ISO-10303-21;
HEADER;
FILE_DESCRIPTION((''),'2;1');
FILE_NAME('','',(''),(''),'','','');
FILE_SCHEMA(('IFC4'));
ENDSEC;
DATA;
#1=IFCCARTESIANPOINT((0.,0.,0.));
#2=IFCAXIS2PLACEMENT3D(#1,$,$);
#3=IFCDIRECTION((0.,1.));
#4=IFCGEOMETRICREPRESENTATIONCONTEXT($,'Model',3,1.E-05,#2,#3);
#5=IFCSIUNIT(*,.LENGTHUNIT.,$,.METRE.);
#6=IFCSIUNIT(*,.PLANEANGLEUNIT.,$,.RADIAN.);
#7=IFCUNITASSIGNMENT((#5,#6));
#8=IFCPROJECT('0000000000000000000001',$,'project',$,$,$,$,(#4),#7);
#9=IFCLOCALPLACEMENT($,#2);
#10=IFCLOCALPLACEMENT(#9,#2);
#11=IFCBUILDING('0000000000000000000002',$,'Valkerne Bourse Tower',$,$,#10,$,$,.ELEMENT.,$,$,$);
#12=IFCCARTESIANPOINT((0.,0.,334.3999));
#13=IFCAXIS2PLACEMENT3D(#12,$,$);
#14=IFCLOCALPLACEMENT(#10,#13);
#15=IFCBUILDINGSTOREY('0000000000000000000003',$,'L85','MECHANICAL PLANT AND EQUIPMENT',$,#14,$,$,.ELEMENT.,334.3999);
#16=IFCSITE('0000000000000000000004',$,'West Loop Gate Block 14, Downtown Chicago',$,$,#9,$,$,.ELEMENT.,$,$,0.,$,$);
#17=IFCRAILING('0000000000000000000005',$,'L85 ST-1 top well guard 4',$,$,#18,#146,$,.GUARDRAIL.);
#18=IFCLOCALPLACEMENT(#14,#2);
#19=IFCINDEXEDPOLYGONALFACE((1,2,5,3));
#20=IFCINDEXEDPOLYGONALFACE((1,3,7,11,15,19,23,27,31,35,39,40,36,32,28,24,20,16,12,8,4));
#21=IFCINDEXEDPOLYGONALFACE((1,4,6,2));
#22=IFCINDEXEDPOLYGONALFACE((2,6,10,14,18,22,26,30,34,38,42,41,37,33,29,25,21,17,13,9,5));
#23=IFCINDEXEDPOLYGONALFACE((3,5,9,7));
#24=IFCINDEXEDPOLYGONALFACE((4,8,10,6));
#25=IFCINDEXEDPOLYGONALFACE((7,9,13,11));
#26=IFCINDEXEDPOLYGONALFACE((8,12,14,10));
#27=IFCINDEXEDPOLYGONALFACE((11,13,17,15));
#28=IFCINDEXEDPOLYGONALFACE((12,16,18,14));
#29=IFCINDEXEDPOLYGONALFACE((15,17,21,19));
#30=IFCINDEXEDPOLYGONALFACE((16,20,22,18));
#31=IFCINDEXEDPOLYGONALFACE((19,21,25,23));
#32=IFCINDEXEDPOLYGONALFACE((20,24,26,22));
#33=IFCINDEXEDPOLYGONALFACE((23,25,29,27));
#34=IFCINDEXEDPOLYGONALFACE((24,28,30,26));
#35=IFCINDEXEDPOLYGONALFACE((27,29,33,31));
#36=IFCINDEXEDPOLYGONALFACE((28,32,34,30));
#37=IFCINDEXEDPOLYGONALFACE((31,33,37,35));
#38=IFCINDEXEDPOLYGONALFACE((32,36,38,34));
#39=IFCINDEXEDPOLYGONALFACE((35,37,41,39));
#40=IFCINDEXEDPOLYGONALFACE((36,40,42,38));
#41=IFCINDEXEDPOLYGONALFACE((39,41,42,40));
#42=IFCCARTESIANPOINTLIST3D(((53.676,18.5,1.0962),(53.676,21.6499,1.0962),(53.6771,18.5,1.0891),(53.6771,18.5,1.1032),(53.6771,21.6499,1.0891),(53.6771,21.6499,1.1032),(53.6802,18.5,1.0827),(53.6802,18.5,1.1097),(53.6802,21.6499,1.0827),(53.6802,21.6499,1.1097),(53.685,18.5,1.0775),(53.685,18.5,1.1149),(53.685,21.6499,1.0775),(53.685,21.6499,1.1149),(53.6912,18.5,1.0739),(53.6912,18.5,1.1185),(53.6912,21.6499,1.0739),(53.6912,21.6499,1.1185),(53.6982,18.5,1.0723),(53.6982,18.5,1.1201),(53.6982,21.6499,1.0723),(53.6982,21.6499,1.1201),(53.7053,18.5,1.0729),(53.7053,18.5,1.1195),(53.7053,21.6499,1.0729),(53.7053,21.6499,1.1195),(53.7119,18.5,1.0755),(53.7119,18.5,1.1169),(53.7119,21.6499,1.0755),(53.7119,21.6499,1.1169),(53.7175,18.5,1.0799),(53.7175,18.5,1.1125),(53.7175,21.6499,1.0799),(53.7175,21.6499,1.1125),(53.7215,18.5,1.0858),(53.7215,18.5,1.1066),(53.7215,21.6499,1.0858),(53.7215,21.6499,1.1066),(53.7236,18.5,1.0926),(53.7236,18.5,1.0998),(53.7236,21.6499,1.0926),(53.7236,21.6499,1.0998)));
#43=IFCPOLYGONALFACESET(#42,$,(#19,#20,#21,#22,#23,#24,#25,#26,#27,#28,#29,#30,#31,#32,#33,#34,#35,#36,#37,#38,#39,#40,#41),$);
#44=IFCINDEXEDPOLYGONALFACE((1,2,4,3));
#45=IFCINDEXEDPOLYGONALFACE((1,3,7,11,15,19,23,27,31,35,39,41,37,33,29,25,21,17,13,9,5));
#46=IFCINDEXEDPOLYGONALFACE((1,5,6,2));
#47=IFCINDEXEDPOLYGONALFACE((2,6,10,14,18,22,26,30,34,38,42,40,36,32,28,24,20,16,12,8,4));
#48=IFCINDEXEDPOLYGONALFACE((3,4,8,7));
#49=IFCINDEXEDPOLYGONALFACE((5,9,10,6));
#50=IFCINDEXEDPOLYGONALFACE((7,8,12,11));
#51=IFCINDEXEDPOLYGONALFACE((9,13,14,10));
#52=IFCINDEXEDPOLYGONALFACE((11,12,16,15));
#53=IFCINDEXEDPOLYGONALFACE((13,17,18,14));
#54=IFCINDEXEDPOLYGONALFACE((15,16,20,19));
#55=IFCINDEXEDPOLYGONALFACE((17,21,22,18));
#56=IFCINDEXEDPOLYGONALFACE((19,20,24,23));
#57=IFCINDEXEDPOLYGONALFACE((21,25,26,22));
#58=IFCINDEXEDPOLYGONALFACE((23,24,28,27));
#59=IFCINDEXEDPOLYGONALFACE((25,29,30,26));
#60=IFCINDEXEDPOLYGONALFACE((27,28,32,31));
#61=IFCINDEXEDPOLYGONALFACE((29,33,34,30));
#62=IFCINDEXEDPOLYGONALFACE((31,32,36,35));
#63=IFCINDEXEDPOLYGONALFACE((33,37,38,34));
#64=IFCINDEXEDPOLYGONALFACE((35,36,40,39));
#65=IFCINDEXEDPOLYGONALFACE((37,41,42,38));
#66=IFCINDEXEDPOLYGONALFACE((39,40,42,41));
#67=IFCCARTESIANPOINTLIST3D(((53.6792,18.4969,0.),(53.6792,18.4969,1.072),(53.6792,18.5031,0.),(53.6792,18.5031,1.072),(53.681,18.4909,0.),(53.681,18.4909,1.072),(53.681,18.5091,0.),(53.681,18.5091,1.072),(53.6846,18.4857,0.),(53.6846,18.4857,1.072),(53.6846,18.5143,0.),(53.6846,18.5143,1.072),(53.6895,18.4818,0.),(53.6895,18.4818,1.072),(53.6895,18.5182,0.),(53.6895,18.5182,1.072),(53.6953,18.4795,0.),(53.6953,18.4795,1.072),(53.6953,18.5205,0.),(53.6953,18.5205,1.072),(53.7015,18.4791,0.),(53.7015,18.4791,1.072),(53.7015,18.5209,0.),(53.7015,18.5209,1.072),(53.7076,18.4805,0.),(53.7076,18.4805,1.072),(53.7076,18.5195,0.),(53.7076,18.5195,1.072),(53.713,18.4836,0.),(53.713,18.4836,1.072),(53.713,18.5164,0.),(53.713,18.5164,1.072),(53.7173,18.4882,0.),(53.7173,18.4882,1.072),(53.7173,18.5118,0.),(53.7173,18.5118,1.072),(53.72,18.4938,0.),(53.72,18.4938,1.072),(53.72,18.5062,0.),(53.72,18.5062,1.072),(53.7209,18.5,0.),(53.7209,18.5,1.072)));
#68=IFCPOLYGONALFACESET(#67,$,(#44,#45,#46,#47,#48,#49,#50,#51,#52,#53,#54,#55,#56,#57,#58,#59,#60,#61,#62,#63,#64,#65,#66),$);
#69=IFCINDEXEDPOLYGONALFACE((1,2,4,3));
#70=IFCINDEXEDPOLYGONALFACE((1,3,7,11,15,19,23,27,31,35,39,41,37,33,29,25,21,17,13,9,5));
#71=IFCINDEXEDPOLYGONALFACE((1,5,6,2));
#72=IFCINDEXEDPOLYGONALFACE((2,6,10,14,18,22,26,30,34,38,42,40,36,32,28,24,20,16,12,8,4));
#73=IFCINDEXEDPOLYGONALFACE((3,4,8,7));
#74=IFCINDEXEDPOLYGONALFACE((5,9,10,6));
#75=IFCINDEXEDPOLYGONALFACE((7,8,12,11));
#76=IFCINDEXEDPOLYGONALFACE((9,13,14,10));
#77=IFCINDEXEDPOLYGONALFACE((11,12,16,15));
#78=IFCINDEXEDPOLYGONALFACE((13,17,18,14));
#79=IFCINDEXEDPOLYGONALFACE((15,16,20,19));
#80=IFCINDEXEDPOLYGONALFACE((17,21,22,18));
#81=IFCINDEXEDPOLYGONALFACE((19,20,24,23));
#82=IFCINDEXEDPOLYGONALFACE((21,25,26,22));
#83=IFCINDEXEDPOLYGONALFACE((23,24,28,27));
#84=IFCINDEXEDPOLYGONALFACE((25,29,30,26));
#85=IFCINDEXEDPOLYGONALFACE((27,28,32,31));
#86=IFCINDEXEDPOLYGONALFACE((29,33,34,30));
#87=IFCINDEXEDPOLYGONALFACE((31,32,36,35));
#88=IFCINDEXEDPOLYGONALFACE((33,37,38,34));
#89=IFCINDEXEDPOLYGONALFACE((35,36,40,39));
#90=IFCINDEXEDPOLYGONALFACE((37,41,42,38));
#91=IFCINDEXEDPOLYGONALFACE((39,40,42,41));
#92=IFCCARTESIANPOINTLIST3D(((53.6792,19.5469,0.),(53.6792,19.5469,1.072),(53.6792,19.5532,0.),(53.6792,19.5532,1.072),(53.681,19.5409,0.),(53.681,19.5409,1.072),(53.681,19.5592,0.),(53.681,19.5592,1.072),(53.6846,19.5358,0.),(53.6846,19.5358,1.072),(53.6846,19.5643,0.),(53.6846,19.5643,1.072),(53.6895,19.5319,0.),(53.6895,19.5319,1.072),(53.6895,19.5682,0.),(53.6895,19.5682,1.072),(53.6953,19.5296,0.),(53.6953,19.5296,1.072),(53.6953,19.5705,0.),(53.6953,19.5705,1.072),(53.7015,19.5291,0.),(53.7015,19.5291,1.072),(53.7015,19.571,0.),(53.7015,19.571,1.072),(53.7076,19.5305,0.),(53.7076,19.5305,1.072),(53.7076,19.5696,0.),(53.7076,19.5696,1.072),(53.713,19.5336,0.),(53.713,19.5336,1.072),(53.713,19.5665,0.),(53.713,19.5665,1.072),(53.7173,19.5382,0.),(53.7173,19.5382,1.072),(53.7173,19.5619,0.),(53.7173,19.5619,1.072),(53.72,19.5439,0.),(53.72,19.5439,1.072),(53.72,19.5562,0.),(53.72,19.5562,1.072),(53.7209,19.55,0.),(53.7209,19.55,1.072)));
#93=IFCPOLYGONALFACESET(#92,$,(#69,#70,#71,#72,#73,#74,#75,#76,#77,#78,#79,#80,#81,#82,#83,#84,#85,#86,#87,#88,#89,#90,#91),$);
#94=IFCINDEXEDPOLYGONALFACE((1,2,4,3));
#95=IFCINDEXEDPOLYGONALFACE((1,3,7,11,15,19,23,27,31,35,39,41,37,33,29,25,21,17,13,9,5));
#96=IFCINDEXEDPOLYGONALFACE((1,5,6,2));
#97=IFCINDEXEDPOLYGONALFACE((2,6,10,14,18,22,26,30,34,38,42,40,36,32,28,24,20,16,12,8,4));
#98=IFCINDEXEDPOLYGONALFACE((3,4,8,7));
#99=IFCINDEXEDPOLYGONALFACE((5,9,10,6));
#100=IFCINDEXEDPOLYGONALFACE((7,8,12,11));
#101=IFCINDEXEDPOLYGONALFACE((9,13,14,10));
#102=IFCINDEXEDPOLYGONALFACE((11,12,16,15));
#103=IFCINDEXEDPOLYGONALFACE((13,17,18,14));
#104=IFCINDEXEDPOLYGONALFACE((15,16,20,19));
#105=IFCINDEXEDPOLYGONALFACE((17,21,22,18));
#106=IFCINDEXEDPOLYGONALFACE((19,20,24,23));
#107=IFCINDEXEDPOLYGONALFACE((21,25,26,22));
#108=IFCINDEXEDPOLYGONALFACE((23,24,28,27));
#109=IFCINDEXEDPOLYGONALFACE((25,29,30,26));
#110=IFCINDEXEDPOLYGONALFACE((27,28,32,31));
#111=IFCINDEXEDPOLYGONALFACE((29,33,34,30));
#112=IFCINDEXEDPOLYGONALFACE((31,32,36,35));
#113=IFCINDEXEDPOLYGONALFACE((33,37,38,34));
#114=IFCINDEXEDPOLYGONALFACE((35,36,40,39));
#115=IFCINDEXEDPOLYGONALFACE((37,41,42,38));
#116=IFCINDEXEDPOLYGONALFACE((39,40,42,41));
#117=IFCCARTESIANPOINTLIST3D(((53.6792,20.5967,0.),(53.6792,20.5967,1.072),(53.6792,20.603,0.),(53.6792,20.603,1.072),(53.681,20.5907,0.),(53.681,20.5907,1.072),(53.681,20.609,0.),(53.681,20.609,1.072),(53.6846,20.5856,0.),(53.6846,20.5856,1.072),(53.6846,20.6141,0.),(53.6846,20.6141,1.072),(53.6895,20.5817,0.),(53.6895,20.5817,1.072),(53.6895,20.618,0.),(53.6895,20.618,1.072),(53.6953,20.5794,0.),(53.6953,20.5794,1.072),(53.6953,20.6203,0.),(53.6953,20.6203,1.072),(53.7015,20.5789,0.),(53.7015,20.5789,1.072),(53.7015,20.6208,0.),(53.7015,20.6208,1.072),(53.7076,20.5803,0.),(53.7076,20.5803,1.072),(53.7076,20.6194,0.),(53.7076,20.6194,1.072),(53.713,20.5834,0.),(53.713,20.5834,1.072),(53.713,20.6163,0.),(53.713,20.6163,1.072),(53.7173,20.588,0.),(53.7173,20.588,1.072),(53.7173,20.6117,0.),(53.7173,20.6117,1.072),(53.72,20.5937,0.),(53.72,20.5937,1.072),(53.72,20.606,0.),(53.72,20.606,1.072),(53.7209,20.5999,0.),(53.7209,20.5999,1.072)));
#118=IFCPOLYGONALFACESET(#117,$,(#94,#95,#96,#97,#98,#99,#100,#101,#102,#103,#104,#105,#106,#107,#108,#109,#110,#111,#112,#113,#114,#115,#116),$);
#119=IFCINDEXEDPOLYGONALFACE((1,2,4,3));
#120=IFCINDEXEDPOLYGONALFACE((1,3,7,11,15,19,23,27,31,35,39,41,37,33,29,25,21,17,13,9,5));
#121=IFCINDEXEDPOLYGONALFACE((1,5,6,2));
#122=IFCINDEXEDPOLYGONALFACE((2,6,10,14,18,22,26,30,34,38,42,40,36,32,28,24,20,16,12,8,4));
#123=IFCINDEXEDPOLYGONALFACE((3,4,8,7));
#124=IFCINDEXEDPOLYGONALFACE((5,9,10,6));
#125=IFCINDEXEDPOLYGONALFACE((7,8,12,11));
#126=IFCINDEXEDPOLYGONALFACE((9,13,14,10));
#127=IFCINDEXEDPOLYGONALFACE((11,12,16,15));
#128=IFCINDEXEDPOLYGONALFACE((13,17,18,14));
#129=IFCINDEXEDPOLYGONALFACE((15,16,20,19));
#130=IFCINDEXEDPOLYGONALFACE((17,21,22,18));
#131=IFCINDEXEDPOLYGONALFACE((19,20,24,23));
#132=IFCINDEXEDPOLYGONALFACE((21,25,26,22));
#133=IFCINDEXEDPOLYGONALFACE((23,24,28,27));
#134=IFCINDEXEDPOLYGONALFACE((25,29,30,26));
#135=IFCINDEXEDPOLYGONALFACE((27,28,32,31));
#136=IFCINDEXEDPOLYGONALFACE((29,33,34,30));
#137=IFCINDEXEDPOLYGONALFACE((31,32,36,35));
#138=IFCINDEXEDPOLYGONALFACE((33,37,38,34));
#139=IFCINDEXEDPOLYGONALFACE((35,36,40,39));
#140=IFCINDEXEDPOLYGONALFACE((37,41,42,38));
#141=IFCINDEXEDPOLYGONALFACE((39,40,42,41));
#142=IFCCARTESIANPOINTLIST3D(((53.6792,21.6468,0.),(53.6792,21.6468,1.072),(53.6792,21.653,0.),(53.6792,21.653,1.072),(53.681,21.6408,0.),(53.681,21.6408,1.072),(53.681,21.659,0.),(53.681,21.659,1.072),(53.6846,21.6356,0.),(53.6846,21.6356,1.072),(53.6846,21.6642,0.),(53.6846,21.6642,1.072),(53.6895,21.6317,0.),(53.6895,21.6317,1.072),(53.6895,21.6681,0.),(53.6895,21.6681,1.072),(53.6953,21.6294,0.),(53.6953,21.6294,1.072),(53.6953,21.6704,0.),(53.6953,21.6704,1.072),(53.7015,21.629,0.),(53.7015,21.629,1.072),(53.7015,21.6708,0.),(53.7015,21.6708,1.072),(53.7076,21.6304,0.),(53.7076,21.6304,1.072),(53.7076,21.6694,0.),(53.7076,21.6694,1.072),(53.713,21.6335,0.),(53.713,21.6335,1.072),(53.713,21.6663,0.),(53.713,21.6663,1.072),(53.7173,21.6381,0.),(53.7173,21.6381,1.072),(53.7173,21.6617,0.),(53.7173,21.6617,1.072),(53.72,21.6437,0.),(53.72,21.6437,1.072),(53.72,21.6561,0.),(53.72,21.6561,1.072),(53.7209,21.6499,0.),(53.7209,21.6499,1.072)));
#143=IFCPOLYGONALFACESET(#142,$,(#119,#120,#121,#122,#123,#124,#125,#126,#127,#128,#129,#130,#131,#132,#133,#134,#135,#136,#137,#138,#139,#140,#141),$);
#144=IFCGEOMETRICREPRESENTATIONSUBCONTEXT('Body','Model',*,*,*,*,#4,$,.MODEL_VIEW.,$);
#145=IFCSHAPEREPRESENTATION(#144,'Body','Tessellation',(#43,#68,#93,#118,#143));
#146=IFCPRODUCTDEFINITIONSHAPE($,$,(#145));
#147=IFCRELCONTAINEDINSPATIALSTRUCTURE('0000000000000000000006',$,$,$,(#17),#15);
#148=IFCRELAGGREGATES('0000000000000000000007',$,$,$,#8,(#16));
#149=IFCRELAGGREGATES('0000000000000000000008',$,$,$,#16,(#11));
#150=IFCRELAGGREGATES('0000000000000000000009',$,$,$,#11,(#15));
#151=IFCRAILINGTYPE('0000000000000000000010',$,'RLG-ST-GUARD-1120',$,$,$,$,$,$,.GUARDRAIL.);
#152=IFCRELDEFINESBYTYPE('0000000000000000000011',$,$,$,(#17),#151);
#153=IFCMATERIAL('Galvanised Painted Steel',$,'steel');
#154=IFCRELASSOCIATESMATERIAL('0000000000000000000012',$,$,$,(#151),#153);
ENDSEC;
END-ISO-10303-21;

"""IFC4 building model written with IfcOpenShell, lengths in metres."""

from ifc_helpers import new_model, si_unit, direction, frame, origin, origin_2d, place, context, subcontext, project, spatial, circle, extrude, material, type_object, element, save


model = new_model("IFC4")

# Units and contexts
model_context = context("Model", 3, precision=1e-05, world=origin(), true_north=direction((0.0, 1.0)))
body_context = subcontext(model_context, "Body", "Model", "MODEL_VIEW")
ifc_project = project(units=[si_unit("LENGTHUNIT", "METRE"), si_unit("PLANEANGLEUNIT", "RADIAN")], contexts=[model_context])

# Site, building, storey
site_placement = place(None, origin())
site = spatial("IfcSite", under=ifc_project, at=site_placement, Name="West Loop Gate Block 14, Downtown Chicago", CompositionType="ELEMENT", RefElevation=0.0)
building_placement = place(site_placement, origin())
building = spatial("IfcBuilding", under=site, at=building_placement, Name="Valkerne Bourse Tower", CompositionType="ELEMENT")
storey_placement = place(building_placement, frame((0.0, 0.0, 334.3999)))
storey = spatial("IfcBuildingStorey", under=building, at=storey_placement, Name="L85", Description="MECHANICAL PLANT AND EQUIPMENT", CompositionType="ELEMENT", Elevation=334.3999)

# Shared definitions
ifc_material_1 = material(Name="Galvanised Painted Steel", Category="steel")

# Railing
railing_type = type_object("IfcRailingType", Name="RLG-ST-GUARD-1120", PredefinedType="GUARDRAIL", material=ifc_material_1)
railing_placement = place(storey_placement, frame((53.7, 18.5, 0.0)))
element("IfcRailing", 1, at=railing_placement, inside=storey, type_object=railing_type, Name="L85 ST-1 top well guard 4", PredefinedType="GUARDRAIL", context=body_context, shape_type="SweptSolid", body=[
    extrude(circle(Radius=0.0239, at=origin_2d()), frame((0.0, 0.0, 1.0962), z_axis=(0.0, 1.0, 0.0), x_axis=(-1.0, 0.0, 0.0)), (0.0, 0.0, 1.0), 3.1499),
    extrude(circle(Radius=0.021, at=origin_2d()), origin(), (0.0, 0.0, 1.0), 1.072),
    extrude(circle(Radius=0.021, at=origin_2d()), frame((0.0, 1.05, 0.0)), (0.0, 0.0, 1.0), 1.072),
    extrude(circle(Radius=0.021, at=origin_2d()), frame((0.0, 2.0999, 0.0)), (0.0, 0.0, 1.0), 1.072),
    extrude(circle(Radius=0.021, at=origin_2d()), frame((0.0, 3.1499, 0.0)), (0.0, 0.0, 1.0), 1.072),
])

save(model, "model.ifc")
